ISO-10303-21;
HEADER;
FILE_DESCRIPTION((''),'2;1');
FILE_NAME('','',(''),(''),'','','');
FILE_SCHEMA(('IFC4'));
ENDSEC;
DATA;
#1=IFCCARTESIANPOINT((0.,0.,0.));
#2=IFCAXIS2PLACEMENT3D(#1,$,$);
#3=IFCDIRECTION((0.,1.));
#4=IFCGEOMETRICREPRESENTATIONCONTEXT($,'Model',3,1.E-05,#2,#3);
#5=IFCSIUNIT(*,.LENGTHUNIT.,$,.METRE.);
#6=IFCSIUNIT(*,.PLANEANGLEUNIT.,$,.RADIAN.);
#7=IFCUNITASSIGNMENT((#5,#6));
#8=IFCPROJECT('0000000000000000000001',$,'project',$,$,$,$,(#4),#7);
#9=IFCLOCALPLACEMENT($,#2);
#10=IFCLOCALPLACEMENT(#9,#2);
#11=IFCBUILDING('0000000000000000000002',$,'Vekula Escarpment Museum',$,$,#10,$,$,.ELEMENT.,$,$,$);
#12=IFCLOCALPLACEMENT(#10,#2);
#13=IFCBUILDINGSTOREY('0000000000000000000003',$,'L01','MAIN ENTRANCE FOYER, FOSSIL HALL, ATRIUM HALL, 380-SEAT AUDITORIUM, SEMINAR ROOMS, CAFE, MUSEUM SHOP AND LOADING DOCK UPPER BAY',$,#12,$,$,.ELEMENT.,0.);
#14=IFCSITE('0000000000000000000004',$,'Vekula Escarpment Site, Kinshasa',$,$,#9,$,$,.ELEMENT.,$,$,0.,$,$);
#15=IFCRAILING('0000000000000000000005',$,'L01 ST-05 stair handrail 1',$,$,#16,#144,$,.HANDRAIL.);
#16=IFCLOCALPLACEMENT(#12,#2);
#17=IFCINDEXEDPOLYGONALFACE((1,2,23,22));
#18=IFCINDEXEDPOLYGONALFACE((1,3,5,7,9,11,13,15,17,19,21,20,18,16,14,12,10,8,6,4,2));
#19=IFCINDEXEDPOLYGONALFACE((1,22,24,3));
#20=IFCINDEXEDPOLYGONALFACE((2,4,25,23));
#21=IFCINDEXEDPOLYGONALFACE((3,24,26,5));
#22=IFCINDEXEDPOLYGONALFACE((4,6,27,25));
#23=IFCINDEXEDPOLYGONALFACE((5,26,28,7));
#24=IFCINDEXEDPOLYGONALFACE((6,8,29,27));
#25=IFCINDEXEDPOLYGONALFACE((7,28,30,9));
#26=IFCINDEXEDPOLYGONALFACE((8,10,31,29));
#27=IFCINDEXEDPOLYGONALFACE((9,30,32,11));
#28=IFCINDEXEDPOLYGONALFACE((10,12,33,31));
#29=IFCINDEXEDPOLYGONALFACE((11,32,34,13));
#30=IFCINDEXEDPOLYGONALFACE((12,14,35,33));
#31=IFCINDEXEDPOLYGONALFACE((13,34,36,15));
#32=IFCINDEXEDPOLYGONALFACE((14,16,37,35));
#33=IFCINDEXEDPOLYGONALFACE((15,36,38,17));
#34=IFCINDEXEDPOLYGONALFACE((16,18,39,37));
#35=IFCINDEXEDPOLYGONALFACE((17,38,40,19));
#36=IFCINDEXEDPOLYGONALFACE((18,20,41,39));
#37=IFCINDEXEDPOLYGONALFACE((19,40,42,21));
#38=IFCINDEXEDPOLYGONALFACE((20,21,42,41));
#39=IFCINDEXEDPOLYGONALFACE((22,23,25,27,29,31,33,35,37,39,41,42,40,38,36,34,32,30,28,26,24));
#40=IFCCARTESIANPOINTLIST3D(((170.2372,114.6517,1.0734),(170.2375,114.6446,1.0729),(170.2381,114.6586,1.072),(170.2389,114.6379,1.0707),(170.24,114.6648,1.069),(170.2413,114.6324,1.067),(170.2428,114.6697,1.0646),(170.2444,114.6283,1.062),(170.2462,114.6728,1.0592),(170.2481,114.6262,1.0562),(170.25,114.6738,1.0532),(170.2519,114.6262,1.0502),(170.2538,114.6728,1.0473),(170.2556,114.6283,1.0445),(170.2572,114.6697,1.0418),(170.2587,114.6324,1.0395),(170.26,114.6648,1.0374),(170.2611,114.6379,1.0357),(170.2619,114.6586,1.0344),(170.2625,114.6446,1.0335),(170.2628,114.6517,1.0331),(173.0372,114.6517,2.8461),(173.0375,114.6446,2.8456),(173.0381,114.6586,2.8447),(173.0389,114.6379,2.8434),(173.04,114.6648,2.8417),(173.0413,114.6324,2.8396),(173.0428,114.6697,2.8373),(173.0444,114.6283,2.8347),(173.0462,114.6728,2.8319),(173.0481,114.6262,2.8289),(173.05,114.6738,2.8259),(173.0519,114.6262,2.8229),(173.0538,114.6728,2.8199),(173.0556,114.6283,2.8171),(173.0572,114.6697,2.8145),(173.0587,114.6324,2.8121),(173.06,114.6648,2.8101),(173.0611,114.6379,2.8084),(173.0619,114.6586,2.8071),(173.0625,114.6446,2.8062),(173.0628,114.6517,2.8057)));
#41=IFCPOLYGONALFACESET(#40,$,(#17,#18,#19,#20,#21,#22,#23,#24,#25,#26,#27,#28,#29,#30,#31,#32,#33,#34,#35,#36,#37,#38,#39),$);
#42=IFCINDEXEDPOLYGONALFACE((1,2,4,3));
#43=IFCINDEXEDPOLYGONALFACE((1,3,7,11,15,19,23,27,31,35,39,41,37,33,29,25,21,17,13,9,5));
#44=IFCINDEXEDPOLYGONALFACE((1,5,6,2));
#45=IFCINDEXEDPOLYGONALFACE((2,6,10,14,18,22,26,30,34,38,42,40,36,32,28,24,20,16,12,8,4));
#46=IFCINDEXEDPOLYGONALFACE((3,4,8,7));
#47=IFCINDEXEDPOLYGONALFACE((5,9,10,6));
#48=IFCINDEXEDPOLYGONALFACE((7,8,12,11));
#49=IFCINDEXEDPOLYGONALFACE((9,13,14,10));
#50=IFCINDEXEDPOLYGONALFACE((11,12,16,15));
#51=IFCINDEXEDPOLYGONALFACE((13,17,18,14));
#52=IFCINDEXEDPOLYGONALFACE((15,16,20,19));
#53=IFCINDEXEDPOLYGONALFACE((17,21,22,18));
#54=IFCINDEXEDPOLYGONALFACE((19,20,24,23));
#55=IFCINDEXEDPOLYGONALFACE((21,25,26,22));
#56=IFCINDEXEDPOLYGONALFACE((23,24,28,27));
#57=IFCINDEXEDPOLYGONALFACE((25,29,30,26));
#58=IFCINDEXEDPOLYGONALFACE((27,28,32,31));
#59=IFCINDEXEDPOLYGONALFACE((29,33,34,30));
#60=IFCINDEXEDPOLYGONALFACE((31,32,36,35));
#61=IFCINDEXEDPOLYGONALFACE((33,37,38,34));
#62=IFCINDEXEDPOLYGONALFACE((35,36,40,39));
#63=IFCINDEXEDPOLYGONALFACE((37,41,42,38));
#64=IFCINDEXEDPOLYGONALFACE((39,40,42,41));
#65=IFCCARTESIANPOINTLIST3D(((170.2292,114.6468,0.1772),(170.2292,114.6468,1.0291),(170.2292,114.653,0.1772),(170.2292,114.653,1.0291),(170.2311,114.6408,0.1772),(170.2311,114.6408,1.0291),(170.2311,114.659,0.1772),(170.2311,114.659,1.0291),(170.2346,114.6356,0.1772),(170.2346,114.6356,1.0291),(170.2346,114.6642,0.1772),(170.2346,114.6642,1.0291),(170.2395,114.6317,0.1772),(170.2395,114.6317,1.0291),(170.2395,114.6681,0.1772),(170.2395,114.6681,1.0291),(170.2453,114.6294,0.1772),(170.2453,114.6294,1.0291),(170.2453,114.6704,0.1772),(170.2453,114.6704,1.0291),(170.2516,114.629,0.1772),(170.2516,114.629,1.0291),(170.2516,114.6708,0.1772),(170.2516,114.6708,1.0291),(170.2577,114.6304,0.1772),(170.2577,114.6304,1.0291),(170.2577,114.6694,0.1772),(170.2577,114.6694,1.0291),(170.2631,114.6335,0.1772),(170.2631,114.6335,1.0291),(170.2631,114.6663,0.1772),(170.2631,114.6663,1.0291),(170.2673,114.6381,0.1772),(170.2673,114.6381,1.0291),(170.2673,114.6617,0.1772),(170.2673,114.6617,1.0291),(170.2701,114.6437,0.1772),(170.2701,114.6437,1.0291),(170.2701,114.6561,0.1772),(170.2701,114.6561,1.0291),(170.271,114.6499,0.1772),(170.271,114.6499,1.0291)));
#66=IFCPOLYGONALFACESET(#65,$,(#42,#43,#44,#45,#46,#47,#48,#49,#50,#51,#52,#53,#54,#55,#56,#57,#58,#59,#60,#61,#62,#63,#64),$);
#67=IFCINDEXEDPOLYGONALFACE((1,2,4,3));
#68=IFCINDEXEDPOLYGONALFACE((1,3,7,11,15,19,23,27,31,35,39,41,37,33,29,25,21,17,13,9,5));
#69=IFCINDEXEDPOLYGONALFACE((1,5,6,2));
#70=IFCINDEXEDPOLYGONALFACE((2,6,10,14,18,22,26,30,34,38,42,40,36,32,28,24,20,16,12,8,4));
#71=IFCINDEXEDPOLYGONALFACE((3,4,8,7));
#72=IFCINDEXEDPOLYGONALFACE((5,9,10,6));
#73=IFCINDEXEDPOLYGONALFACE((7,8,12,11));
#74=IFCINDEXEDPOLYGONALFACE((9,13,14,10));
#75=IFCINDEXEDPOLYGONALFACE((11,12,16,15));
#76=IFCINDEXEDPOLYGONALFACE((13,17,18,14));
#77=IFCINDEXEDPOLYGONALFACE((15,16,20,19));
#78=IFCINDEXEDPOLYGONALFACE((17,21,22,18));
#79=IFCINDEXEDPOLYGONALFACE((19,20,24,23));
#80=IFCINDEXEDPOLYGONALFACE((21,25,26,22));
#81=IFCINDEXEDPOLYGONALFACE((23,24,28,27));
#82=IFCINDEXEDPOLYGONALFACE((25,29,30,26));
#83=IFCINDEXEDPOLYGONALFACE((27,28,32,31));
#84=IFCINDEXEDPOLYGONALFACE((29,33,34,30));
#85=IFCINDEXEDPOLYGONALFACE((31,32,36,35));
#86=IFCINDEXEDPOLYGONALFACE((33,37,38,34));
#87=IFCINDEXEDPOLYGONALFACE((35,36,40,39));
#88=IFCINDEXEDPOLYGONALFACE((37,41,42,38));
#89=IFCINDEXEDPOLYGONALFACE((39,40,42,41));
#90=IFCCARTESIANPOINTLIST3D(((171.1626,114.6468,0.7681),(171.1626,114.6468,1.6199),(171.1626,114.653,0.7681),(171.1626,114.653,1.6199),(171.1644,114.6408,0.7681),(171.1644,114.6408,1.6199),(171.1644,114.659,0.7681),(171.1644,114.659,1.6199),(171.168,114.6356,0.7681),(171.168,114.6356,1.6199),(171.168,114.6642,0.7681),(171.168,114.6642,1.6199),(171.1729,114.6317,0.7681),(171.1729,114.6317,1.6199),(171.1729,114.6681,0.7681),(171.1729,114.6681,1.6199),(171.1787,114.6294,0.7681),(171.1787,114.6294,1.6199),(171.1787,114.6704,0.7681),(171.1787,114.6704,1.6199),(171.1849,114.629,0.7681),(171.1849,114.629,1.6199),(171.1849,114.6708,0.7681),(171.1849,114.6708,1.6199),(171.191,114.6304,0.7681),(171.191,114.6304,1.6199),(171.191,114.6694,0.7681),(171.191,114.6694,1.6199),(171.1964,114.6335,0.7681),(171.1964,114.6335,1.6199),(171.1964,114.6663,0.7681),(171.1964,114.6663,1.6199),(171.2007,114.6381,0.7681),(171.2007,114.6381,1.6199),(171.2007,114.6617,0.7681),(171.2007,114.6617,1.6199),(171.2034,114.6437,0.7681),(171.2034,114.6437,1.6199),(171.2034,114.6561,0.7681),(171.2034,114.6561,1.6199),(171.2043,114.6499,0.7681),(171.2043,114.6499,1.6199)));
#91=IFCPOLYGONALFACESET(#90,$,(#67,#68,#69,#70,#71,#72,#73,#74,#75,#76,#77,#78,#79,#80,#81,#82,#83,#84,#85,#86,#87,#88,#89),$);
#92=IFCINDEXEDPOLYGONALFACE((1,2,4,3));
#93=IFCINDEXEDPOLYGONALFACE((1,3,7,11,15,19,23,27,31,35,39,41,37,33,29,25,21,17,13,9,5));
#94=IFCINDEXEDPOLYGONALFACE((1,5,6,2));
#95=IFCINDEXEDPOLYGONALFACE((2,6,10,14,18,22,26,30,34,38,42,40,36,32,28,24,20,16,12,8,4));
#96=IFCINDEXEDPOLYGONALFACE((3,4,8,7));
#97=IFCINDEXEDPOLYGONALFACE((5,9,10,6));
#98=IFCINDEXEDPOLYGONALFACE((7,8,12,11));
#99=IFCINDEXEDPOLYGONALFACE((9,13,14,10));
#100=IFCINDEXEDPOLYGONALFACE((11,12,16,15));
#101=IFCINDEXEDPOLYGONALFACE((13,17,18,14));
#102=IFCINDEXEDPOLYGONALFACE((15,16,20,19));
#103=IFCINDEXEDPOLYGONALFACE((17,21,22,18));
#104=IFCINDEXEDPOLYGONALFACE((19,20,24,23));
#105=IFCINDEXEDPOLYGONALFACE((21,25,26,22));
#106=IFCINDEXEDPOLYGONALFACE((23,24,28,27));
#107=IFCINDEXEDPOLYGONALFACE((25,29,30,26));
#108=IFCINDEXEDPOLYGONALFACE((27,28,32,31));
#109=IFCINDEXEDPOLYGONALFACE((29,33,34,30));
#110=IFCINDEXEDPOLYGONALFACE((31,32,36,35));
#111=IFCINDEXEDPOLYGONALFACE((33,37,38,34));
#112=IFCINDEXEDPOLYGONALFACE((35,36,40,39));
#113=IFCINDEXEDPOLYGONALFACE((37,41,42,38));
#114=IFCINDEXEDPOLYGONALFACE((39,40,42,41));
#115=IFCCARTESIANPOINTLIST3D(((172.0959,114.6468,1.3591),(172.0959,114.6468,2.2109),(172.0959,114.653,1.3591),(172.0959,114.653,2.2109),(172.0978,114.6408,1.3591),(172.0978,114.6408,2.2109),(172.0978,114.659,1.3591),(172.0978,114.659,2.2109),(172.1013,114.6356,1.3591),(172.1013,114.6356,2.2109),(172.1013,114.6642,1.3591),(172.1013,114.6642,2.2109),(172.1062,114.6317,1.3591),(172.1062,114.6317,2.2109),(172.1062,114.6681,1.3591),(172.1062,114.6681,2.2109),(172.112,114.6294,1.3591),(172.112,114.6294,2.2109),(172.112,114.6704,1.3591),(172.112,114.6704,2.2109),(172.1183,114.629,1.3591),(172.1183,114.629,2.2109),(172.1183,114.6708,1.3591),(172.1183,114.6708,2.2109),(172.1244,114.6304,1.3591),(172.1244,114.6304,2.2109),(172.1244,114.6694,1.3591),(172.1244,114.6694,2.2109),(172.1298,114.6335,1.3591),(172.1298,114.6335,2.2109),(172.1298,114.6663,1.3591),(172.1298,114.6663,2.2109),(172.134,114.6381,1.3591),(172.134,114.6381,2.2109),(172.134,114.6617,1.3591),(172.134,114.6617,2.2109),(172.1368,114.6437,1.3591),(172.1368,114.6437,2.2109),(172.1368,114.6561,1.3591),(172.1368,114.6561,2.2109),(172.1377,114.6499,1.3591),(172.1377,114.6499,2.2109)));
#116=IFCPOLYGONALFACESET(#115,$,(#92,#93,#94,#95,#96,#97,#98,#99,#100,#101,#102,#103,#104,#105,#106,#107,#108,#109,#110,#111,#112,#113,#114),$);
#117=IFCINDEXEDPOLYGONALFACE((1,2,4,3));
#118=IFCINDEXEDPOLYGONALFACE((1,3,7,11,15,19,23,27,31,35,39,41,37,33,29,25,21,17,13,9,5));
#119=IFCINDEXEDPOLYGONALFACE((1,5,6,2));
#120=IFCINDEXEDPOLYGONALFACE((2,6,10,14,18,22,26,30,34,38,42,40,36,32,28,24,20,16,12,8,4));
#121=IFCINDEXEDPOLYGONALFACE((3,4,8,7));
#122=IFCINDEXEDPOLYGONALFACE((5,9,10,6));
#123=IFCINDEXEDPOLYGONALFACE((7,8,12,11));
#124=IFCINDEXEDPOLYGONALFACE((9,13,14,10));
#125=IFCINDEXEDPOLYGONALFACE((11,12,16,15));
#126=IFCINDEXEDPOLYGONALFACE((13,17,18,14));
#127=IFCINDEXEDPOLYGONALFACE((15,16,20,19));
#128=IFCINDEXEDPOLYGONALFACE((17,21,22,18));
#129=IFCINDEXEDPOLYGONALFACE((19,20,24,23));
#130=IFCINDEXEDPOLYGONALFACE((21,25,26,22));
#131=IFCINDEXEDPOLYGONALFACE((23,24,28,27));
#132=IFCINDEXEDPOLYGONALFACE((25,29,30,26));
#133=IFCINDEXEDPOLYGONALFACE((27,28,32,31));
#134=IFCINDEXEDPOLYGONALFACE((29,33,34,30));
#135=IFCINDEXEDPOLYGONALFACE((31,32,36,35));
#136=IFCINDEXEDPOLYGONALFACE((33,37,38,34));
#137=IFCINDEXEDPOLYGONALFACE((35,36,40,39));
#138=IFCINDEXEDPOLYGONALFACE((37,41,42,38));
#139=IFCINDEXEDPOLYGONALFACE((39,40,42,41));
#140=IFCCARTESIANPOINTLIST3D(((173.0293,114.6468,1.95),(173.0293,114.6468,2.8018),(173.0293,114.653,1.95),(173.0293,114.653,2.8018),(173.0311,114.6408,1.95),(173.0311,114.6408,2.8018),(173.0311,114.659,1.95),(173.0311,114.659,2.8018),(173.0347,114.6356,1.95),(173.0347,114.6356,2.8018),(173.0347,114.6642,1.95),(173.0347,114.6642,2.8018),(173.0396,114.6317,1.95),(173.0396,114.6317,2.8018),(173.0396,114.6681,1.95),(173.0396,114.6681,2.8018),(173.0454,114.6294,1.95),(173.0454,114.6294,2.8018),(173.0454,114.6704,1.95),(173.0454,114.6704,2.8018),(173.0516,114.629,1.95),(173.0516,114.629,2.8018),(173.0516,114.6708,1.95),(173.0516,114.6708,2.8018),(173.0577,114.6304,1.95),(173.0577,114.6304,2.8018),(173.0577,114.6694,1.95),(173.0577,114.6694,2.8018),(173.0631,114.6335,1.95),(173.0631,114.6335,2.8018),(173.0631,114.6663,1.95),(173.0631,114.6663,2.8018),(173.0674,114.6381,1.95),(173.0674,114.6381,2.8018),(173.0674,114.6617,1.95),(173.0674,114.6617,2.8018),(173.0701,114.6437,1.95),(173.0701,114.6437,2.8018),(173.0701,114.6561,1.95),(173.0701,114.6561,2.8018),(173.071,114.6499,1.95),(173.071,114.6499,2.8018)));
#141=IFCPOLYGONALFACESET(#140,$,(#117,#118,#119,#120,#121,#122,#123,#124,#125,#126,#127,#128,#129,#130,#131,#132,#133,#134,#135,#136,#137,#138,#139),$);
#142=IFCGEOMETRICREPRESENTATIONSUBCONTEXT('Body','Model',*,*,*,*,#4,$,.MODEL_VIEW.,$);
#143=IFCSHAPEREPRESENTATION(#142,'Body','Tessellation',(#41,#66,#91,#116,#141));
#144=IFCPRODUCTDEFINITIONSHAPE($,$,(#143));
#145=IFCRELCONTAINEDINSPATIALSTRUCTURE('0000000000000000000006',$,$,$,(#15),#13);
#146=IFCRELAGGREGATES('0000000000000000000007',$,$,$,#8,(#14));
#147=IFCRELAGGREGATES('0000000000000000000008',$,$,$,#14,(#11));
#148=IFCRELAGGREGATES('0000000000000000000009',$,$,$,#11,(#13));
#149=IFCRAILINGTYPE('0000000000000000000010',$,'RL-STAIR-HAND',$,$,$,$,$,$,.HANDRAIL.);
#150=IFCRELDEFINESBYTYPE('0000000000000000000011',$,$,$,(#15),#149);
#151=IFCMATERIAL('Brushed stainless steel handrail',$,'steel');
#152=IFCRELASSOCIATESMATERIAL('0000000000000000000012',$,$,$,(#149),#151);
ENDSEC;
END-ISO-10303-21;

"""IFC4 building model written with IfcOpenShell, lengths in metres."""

from ifc_helpers import new_model, si_unit, direction, frame, origin, origin_2d, place, context, subcontext, project, spatial, circle, extrude, material, type_object, element, save


model = new_model("IFC4")

# Units and contexts
model_context = context("Model", 3, precision=1e-05, world=origin(), true_north=direction((0.0, 1.0)))
body_context = subcontext(model_context, "Body", "Model", "MODEL_VIEW")
ifc_project = project(units=[si_unit("LENGTHUNIT", "METRE"), si_unit("PLANEANGLEUNIT", "RADIAN")], contexts=[model_context])

# Site, building, storey
site_placement = place(None, origin())
site = spatial("IfcSite", under=ifc_project, at=site_placement, Name="Vekula Escarpment Site, Kinshasa", CompositionType="ELEMENT", RefElevation=0.0)
building_placement = place(site_placement, origin())
building = spatial("IfcBuilding", under=site, at=building_placement, Name="Vekula Escarpment Museum", CompositionType="ELEMENT")
storey_placement = place(building_placement, origin())
storey = spatial("IfcBuildingStorey", under=building, at=storey_placement, Name="L01", Description="MAIN ENTRANCE FOYER, FOSSIL HALL, ATRIUM HALL, 380-SEAT AUDITORIUM, SEMINAR ROOMS, CAFE, MUSEUM SHOP AND LOADING DOCK UPPER BAY", CompositionType="ELEMENT", Elevation=0.0)

# Railing
ifc_material_1 = material(Name="Brushed stainless steel handrail", Category="steel")
railing_type_1 = type_object("IfcRailingType", Name="RL-STAIR-HAND", PredefinedType="HANDRAIL", material=ifc_material_1)
railing_1_placement = place(storey_placement, frame((170.25, 114.6499, 0.1772)))
element("IfcRailing", 1, at=railing_1_placement, inside=storey, type_object=railing_type_1, Name="L01 ST-05 stair handrail 1", PredefinedType="HANDRAIL", context=body_context, shape_type="SweptSolid", body=[
    extrude(circle(Radius=0.0239, at=origin_2d()), frame((0.0, 0.0, 0.876), z_axis=(0.844909, 0.0, 0.53491), x_axis=(0.0, 1.0, 0.0)), (0.0, 0.0, 1.0), 3.314),
    extrude(circle(Radius=0.021, at=origin_2d()), origin(), (0.0, 0.0, 1.0), 0.8518),
    extrude(circle(Radius=0.021, at=origin_2d()), frame((0.9333, 0.0, 0.5908)), (0.0, 0.0, 1.0), 0.8518),
    extrude(circle(Radius=0.021, at=origin_2d()), frame((1.8667, 0.0, 1.1819)), (0.0, 0.0, 1.0), 0.8518),
    extrude(circle(Radius=0.021, at=origin_2d()), frame((2.8, 0.0, 1.7727)), (0.0, 0.0, 1.0), 0.8518),
])

save(model, "model.ifc")
